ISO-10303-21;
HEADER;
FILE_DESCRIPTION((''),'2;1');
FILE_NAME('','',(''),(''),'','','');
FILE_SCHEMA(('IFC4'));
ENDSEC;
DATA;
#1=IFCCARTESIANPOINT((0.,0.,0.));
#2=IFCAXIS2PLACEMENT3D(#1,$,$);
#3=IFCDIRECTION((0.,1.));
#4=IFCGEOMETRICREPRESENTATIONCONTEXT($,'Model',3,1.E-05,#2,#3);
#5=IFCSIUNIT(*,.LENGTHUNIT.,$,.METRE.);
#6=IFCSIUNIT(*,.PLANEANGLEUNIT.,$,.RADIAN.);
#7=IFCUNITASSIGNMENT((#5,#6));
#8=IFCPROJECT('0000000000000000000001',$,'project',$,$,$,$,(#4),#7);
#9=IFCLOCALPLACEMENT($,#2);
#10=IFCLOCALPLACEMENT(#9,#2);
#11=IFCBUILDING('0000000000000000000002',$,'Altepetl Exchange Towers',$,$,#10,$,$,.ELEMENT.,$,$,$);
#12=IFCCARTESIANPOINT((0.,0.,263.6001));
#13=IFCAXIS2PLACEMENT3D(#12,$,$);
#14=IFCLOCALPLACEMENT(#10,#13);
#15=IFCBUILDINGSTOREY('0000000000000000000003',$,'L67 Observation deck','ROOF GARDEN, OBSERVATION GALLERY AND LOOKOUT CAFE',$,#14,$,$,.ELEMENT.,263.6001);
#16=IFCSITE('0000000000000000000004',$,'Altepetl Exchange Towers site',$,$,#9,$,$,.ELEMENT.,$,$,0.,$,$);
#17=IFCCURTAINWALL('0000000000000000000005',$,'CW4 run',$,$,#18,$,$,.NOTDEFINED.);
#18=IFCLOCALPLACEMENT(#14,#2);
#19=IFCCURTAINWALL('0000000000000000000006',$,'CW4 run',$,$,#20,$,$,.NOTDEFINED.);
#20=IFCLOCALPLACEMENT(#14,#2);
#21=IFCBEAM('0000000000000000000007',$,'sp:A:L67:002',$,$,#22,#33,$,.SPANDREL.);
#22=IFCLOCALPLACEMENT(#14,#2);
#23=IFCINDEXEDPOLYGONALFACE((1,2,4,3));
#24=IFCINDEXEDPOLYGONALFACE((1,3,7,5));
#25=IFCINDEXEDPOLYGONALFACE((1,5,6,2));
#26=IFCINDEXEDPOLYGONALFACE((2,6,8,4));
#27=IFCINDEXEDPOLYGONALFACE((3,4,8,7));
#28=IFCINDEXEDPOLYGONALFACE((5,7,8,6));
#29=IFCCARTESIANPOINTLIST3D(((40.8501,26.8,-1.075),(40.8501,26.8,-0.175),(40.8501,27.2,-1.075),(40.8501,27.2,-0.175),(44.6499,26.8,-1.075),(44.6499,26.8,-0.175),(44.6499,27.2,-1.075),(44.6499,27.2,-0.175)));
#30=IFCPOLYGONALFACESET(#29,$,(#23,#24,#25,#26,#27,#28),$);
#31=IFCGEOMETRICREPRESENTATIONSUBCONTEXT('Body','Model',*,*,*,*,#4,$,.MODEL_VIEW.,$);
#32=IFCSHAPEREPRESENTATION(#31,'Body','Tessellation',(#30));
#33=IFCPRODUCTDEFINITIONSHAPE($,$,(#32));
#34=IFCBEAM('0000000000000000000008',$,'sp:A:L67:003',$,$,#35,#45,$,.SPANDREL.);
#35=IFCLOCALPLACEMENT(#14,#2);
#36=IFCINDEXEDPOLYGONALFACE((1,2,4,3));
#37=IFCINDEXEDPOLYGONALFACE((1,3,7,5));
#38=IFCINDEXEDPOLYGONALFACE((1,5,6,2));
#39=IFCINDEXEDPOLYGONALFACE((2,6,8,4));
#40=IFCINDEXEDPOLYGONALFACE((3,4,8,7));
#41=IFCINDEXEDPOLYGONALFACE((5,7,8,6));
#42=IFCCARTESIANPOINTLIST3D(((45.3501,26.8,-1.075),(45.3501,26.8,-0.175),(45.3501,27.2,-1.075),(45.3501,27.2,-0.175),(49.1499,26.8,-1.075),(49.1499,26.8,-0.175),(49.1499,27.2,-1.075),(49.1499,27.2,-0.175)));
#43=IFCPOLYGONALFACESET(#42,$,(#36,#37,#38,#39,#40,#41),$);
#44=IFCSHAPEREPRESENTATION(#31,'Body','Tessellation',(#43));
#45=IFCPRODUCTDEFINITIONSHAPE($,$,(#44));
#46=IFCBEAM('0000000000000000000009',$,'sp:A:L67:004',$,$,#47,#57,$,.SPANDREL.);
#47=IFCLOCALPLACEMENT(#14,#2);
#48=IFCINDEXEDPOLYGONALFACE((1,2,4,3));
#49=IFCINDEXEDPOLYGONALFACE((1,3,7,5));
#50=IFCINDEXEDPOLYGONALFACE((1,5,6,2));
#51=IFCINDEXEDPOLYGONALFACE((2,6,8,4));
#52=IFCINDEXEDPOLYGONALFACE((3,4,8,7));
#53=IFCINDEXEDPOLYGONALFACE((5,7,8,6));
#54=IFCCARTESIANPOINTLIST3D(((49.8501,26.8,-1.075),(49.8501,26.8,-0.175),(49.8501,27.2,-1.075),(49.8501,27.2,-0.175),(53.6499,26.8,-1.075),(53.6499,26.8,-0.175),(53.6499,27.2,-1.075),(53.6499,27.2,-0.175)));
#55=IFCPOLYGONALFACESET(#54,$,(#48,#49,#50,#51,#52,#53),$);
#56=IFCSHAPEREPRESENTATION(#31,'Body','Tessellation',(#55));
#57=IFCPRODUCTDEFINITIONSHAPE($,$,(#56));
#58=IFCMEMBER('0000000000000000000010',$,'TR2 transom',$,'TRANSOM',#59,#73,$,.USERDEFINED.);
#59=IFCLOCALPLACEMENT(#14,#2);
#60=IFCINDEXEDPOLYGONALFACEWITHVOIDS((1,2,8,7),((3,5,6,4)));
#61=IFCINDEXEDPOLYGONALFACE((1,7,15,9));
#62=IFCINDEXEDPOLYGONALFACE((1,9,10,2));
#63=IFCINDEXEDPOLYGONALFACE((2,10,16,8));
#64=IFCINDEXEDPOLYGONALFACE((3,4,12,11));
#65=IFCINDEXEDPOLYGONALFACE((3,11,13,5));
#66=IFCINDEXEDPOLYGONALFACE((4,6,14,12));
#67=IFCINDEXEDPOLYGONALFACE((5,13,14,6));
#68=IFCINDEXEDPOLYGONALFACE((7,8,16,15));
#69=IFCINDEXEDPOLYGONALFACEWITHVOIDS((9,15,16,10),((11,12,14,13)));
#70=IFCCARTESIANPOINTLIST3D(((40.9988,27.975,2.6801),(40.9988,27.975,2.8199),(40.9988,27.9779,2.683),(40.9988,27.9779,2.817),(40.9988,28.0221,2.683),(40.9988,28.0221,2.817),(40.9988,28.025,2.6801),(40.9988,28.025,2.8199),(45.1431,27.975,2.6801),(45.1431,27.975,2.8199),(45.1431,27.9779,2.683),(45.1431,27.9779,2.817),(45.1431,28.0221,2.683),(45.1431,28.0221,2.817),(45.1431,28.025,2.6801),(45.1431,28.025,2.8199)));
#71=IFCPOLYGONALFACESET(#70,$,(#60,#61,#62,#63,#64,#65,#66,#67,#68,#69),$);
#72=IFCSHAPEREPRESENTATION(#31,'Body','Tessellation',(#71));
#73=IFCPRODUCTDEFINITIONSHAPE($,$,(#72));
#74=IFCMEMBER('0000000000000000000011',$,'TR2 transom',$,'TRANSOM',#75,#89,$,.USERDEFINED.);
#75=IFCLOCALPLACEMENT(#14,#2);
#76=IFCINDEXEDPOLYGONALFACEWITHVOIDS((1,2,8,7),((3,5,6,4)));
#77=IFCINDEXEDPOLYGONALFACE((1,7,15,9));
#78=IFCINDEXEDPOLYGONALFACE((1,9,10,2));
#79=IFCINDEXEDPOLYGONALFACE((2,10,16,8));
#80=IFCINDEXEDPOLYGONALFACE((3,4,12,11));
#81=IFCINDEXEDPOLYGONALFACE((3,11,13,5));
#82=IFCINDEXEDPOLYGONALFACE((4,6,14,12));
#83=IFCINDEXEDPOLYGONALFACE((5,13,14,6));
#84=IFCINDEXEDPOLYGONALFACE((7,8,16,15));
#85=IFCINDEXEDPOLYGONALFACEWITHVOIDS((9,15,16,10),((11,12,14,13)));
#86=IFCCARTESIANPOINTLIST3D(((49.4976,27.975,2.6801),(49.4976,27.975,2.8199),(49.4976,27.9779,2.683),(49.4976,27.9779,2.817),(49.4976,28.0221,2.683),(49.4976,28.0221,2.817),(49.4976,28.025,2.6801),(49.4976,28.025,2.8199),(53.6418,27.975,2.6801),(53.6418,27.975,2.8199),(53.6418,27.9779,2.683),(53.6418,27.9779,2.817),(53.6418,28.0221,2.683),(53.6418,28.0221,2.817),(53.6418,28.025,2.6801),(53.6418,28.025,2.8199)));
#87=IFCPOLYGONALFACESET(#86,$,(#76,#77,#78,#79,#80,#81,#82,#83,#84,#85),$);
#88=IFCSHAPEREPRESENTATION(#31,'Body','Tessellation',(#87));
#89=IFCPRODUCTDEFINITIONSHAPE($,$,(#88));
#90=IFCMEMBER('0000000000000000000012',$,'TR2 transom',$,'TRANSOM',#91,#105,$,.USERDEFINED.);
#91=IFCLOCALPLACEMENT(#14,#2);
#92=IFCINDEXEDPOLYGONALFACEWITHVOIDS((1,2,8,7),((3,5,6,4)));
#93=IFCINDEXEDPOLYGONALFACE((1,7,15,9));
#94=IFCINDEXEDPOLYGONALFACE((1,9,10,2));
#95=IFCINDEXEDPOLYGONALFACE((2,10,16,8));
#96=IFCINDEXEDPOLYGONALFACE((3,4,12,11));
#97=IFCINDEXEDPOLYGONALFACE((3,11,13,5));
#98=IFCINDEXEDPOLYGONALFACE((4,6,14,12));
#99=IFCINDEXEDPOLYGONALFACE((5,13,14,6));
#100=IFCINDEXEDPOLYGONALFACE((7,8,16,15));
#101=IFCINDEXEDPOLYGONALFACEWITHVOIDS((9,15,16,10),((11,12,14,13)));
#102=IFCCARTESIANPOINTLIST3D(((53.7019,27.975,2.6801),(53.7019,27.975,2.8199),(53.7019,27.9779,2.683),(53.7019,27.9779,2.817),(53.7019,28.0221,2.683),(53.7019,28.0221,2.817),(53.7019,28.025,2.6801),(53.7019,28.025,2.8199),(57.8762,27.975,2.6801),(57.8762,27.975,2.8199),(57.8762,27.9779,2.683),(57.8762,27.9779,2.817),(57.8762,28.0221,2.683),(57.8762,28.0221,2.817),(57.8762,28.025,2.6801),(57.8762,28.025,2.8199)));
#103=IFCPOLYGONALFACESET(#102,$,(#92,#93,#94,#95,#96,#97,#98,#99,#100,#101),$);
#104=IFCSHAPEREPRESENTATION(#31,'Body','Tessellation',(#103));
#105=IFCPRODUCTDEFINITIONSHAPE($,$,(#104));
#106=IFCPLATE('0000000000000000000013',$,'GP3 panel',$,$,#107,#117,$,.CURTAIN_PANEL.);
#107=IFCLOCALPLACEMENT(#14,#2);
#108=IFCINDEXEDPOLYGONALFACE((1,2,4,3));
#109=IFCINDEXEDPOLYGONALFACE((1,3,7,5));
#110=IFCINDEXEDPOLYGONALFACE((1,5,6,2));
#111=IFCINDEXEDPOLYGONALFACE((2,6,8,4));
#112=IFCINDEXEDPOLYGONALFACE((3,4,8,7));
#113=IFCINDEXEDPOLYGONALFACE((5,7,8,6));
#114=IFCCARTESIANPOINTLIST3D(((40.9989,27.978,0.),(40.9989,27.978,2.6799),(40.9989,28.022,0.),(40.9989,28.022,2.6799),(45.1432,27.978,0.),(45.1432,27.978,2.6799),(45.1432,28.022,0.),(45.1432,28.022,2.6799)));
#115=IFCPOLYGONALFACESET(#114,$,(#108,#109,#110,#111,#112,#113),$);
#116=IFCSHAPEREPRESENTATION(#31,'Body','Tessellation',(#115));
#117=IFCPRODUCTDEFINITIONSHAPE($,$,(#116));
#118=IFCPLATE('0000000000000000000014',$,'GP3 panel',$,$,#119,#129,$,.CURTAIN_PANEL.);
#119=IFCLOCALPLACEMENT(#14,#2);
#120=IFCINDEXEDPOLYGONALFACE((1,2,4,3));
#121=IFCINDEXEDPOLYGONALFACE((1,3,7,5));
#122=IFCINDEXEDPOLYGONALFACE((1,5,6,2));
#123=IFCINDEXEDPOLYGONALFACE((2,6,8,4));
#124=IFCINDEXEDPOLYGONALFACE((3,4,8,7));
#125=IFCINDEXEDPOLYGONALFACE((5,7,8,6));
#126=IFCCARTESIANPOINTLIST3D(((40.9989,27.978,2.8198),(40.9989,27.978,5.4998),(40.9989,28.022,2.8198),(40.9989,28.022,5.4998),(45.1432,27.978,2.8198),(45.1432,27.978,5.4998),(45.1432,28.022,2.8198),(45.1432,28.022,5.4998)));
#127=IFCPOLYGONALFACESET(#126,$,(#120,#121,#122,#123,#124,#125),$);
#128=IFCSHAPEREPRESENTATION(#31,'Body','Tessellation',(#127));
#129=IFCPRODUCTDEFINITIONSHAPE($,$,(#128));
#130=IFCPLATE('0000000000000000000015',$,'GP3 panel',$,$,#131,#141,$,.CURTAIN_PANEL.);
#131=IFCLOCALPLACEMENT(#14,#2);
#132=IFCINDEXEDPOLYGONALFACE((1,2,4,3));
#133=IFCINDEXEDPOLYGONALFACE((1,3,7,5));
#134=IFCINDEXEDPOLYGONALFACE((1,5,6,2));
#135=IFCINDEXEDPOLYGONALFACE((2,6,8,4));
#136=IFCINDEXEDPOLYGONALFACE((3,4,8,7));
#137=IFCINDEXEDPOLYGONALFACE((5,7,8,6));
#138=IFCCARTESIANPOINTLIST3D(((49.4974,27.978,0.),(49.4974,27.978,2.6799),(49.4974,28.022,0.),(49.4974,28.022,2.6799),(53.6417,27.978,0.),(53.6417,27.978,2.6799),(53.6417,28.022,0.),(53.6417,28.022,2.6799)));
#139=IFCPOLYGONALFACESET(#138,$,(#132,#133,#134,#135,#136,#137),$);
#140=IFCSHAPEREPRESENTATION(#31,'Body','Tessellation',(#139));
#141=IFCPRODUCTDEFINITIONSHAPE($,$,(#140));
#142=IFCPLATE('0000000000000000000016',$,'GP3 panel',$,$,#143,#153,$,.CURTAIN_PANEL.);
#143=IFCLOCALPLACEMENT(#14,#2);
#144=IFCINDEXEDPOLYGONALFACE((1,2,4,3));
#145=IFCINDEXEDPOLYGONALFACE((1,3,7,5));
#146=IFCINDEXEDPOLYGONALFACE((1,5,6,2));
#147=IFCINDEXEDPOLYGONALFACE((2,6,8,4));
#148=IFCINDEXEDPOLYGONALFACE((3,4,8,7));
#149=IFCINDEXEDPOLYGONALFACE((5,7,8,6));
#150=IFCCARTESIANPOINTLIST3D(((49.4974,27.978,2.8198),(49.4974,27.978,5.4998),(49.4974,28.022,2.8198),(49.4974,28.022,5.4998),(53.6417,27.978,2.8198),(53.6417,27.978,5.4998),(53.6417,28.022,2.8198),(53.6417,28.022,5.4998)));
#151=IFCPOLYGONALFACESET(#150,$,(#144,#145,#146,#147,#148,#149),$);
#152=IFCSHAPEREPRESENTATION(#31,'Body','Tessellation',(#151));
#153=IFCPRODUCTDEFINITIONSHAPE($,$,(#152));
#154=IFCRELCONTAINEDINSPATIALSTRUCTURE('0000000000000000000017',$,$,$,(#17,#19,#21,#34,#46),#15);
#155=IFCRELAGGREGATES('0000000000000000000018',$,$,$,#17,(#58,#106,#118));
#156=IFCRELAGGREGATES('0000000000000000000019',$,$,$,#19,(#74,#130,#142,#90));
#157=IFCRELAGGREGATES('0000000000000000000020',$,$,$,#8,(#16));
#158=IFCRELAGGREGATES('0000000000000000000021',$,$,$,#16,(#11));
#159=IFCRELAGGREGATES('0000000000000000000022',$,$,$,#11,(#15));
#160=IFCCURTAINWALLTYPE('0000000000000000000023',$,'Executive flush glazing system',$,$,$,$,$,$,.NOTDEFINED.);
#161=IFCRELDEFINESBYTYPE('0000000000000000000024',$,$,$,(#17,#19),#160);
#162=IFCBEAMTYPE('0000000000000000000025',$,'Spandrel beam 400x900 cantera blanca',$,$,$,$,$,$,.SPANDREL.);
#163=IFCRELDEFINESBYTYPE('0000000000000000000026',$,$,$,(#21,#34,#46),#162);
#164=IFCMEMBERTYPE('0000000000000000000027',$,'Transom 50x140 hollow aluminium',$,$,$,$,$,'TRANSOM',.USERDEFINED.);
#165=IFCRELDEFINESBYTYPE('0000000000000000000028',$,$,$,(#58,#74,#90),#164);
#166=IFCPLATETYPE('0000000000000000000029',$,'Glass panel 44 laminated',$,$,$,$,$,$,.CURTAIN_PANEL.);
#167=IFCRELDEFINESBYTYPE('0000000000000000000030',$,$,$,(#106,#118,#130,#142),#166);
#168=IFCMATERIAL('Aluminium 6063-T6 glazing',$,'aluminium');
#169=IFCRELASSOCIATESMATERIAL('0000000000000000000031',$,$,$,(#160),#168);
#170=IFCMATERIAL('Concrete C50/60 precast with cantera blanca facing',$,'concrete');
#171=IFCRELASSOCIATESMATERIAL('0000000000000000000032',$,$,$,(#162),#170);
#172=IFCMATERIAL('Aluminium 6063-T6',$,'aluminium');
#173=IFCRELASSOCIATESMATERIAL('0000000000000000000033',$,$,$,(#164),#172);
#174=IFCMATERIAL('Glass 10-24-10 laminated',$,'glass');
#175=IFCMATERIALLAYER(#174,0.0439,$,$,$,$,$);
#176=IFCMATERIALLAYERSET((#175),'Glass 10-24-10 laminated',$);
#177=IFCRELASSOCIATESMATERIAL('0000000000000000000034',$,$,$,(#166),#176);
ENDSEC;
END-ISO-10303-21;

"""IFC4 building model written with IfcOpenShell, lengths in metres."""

from ifc_helpers import new_model, si_unit, direction, frame, origin, origin_2d, place, context, subcontext, project, spatial, rectangle, hollow_rectangle, extrude, material, layer, layer_set, material_profile, profile_set, type_object, element, aggregate, save


model = new_model("IFC4")

# Units and contexts
model_context = context("Model", 3, precision=1e-05, world=origin(), true_north=direction((0.0, 1.0)))
body_context = subcontext(model_context, "Body", "Model", "MODEL_VIEW")
ifc_project = project(units=[si_unit("LENGTHUNIT", "METRE"), si_unit("PLANEANGLEUNIT", "RADIAN")], contexts=[model_context])

# Site, building, storey
site_placement = place(None, origin())
site = spatial("IfcSite", under=ifc_project, at=site_placement, Name="Altepetl Exchange Towers site", CompositionType="ELEMENT", RefElevation=0.0)
building_placement = place(site_placement, origin())
building = spatial("IfcBuilding", under=site, at=building_placement, Name="Altepetl Exchange Towers", CompositionType="ELEMENT")
storey_placement = place(building_placement, frame((0.0, 0.0, 263.6001)))
storey = spatial("IfcBuildingStorey", under=building, at=storey_placement, Name="L67 Observation deck", Description="ROOF GARDEN, OBSERVATION GALLERY AND LOOKOUT CAFE", CompositionType="ELEMENT", Elevation=263.6001)

# Curtain walls
ifc_material_1 = material(Name="Aluminium 6063-T6 glazing", Category="aluminium")
curtain_wall_type = type_object("IfcCurtainWallType", Name="Executive flush glazing system", PredefinedType="NOTDEFINED", material=ifc_material_1)
curtain_wall_1_placement = place(storey_placement, origin())
curtain_wall_1 = element("IfcCurtainWall", 1, at=curtain_wall_1_placement, inside=storey, type_object=curtain_wall_type, Name="CW4 run", PredefinedType="NOTDEFINED")
ifc_material_2 = material(Name="Aluminium 6063-T6", Category="aluminium")
curtain_wall_2_placement = place(storey_placement, origin())
curtain_wall_2 = element("IfcCurtainWall", 2, at=curtain_wall_2_placement, inside=storey, type_object=curtain_wall_type, Name="CW4 run", PredefinedType="NOTDEFINED")

# Beams
ifc_material_3 = material(Name="Concrete C50/60 precast with cantera blanca facing", Category="concrete")
ifc_material_profile_1 = material_profile(ifc_material_3, rectangle(XDim=0.3999, YDim=0.8999, at=origin_2d()), Name="400 x 900")
ifc_profile_set_1 = profile_set([ifc_material_profile_1], Name="Concrete C50/60 precast with cantera blanca facing")
beam_type_1 = type_object("IfcBeamType", Name="Spandrel beam 400x900 cantera blanca", PredefinedType="SPANDREL", material=ifc_profile_set_1)
for number, where, z_axis, x_axis, name in (
    (3, (40.8501, 27.0, -0.625), (1.0, 0.0, 0.0), (0.0, 1.0, 0.0), "sp:A:L67:002"),
    (4, (45.3501, 27.0, -0.625), (1.0, 0.0, 0.0), (0.0, 1.0, 0.0), "sp:A:L67:003"),
    (5, (49.8501, 27.0, -0.625), (1.0, 0.0, 0.0), (0.0, 1.0, 0.0), "sp:A:L67:004"),
):
    element("IfcBeam", number, at=place(storey_placement, frame(where, z_axis=z_axis, x_axis=x_axis)), inside=storey, type_object=beam_type_1, Name=name, PredefinedType="SPANDREL", context=body_context, shape_type="SweptSolid", body=[
        extrude(rectangle(XDim=0.3999, YDim=0.8999, at=origin_2d()), origin(), (0.0, 0.0, 1.0), 3.7998),
    ])

# Members
ifc_material_profile_2 = material_profile(ifc_material_2, hollow_rectangle(XDim=0.05, YDim=0.1399, WallThickness=0.0029, at=origin_2d()), Name="Transom 50x140 hollow aluminium")
ifc_profile_set_2 = profile_set([ifc_material_profile_2], Name="Aluminium 6063-T6")
member_type_1 = type_object("IfcMemberType", Name="Transom 50x140 hollow aluminium", ElementType="TRANSOM", PredefinedType="USERDEFINED", material=ifc_profile_set_2)
member_1_placement = place(storey_placement, frame((40.9988, 28.0, 2.75), z_axis=(1.0, 0.0, 0.0), x_axis=(0.0, 1.0, 0.0)))
member_1 = element("IfcMember", 6, at=member_1_placement, type_object=member_type_1, Name="TR2 transom", ObjectType="TRANSOM", PredefinedType="USERDEFINED", context=body_context, shape_type="SweptSolid", body=[
    extrude(hollow_rectangle(XDim=0.05, YDim=0.1399, WallThickness=0.0029, at=origin_2d()), origin(), (0.0, 0.0, 1.0), 4.1443),
])
member_2_placement = place(storey_placement, frame((49.4976, 28.0, 2.75), z_axis=(1.0, 0.0, 0.0), x_axis=(0.0, 1.0, 0.0)))
member_2 = element("IfcMember", 7, at=member_2_placement, type_object=member_type_1, Name="TR2 transom", ObjectType="TRANSOM", PredefinedType="USERDEFINED", context=body_context, shape_type="SweptSolid", body=[
    extrude(hollow_rectangle(XDim=0.05, YDim=0.1399, WallThickness=0.0029, at=origin_2d()), origin(), (0.0, 0.0, 1.0), 4.1443),
])
member_3_placement = place(storey_placement, frame((53.7019, 28.0, 2.75), z_axis=(1.0, 0.0, 0.0), x_axis=(0.0, 1.0, 0.0)))
member_3 = element("IfcMember", 8, at=member_3_placement, type_object=member_type_1, Name="TR2 transom", ObjectType="TRANSOM", PredefinedType="USERDEFINED", context=body_context, shape_type="SweptSolid", body=[
    extrude(hollow_rectangle(XDim=0.05, YDim=0.1399, WallThickness=0.0029, at=origin_2d()), origin(), (0.0, 0.0, 1.0), 4.1743),
])

# Plates
ifc_material_4 = material(Name="Glass 10-24-10 laminated", Category="glass")
ifc_layer_1 = layer(ifc_material_4, 0.0439)
ifc_layer_set_1 = layer_set([ifc_layer_1], Name="Glass 10-24-10 laminated")
plate_type = type_object("IfcPlateType", Name="Glass panel 44 laminated", PredefinedType="CURTAIN_PANEL", material=ifc_layer_set_1)
plate_1_placement = place(storey_placement, frame((43.071, 28.0, 0.0)))
plate_1 = element("IfcPlate", 9, at=plate_1_placement, type_object=plate_type, Name="GP3 panel", PredefinedType="CURTAIN_PANEL", context=body_context, shape_type="SweptSolid", body=[
    extrude(rectangle(XDim=4.1443, YDim=0.0439, at=origin_2d()), origin(), (0.0, 0.0, 1.0), 2.6799),
])
plate_2_placement = place(storey_placement, frame((43.071, 28.0, 2.8198)))
plate_2 = element("IfcPlate", 10, at=plate_2_placement, type_object=plate_type, Name="GP3 panel", PredefinedType="CURTAIN_PANEL", context=body_context, shape_type="SweptSolid", body=[
    extrude(rectangle(XDim=4.1443, YDim=0.0439, at=origin_2d()), origin(), (0.0, 0.0, 1.0), 2.6799),
])
aggregate(curtain_wall_1, [member_1, plate_1, plate_2])
plate_3_placement = place(storey_placement, frame((51.5696, 28.0, 0.0)))
plate_3 = element("IfcPlate", 11, at=plate_3_placement, type_object=plate_type, Name="GP3 panel", PredefinedType="CURTAIN_PANEL", context=body_context, shape_type="SweptSolid", body=[
    extrude(rectangle(XDim=4.1443, YDim=0.0439, at=origin_2d()), origin(), (0.0, 0.0, 1.0), 2.6799),
])
plate_4_placement = place(storey_placement, frame((51.5696, 28.0, 2.8198)))
plate_4 = element("IfcPlate", 12, at=plate_4_placement, type_object=plate_type, Name="GP3 panel", PredefinedType="CURTAIN_PANEL", context=body_context, shape_type="SweptSolid", body=[
    extrude(rectangle(XDim=4.1443, YDim=0.0439, at=origin_2d()), origin(), (0.0, 0.0, 1.0), 2.6799),
])
aggregate(curtain_wall_2, [member_2, plate_3, plate_4, member_3])

save(model, "model.ifc")
